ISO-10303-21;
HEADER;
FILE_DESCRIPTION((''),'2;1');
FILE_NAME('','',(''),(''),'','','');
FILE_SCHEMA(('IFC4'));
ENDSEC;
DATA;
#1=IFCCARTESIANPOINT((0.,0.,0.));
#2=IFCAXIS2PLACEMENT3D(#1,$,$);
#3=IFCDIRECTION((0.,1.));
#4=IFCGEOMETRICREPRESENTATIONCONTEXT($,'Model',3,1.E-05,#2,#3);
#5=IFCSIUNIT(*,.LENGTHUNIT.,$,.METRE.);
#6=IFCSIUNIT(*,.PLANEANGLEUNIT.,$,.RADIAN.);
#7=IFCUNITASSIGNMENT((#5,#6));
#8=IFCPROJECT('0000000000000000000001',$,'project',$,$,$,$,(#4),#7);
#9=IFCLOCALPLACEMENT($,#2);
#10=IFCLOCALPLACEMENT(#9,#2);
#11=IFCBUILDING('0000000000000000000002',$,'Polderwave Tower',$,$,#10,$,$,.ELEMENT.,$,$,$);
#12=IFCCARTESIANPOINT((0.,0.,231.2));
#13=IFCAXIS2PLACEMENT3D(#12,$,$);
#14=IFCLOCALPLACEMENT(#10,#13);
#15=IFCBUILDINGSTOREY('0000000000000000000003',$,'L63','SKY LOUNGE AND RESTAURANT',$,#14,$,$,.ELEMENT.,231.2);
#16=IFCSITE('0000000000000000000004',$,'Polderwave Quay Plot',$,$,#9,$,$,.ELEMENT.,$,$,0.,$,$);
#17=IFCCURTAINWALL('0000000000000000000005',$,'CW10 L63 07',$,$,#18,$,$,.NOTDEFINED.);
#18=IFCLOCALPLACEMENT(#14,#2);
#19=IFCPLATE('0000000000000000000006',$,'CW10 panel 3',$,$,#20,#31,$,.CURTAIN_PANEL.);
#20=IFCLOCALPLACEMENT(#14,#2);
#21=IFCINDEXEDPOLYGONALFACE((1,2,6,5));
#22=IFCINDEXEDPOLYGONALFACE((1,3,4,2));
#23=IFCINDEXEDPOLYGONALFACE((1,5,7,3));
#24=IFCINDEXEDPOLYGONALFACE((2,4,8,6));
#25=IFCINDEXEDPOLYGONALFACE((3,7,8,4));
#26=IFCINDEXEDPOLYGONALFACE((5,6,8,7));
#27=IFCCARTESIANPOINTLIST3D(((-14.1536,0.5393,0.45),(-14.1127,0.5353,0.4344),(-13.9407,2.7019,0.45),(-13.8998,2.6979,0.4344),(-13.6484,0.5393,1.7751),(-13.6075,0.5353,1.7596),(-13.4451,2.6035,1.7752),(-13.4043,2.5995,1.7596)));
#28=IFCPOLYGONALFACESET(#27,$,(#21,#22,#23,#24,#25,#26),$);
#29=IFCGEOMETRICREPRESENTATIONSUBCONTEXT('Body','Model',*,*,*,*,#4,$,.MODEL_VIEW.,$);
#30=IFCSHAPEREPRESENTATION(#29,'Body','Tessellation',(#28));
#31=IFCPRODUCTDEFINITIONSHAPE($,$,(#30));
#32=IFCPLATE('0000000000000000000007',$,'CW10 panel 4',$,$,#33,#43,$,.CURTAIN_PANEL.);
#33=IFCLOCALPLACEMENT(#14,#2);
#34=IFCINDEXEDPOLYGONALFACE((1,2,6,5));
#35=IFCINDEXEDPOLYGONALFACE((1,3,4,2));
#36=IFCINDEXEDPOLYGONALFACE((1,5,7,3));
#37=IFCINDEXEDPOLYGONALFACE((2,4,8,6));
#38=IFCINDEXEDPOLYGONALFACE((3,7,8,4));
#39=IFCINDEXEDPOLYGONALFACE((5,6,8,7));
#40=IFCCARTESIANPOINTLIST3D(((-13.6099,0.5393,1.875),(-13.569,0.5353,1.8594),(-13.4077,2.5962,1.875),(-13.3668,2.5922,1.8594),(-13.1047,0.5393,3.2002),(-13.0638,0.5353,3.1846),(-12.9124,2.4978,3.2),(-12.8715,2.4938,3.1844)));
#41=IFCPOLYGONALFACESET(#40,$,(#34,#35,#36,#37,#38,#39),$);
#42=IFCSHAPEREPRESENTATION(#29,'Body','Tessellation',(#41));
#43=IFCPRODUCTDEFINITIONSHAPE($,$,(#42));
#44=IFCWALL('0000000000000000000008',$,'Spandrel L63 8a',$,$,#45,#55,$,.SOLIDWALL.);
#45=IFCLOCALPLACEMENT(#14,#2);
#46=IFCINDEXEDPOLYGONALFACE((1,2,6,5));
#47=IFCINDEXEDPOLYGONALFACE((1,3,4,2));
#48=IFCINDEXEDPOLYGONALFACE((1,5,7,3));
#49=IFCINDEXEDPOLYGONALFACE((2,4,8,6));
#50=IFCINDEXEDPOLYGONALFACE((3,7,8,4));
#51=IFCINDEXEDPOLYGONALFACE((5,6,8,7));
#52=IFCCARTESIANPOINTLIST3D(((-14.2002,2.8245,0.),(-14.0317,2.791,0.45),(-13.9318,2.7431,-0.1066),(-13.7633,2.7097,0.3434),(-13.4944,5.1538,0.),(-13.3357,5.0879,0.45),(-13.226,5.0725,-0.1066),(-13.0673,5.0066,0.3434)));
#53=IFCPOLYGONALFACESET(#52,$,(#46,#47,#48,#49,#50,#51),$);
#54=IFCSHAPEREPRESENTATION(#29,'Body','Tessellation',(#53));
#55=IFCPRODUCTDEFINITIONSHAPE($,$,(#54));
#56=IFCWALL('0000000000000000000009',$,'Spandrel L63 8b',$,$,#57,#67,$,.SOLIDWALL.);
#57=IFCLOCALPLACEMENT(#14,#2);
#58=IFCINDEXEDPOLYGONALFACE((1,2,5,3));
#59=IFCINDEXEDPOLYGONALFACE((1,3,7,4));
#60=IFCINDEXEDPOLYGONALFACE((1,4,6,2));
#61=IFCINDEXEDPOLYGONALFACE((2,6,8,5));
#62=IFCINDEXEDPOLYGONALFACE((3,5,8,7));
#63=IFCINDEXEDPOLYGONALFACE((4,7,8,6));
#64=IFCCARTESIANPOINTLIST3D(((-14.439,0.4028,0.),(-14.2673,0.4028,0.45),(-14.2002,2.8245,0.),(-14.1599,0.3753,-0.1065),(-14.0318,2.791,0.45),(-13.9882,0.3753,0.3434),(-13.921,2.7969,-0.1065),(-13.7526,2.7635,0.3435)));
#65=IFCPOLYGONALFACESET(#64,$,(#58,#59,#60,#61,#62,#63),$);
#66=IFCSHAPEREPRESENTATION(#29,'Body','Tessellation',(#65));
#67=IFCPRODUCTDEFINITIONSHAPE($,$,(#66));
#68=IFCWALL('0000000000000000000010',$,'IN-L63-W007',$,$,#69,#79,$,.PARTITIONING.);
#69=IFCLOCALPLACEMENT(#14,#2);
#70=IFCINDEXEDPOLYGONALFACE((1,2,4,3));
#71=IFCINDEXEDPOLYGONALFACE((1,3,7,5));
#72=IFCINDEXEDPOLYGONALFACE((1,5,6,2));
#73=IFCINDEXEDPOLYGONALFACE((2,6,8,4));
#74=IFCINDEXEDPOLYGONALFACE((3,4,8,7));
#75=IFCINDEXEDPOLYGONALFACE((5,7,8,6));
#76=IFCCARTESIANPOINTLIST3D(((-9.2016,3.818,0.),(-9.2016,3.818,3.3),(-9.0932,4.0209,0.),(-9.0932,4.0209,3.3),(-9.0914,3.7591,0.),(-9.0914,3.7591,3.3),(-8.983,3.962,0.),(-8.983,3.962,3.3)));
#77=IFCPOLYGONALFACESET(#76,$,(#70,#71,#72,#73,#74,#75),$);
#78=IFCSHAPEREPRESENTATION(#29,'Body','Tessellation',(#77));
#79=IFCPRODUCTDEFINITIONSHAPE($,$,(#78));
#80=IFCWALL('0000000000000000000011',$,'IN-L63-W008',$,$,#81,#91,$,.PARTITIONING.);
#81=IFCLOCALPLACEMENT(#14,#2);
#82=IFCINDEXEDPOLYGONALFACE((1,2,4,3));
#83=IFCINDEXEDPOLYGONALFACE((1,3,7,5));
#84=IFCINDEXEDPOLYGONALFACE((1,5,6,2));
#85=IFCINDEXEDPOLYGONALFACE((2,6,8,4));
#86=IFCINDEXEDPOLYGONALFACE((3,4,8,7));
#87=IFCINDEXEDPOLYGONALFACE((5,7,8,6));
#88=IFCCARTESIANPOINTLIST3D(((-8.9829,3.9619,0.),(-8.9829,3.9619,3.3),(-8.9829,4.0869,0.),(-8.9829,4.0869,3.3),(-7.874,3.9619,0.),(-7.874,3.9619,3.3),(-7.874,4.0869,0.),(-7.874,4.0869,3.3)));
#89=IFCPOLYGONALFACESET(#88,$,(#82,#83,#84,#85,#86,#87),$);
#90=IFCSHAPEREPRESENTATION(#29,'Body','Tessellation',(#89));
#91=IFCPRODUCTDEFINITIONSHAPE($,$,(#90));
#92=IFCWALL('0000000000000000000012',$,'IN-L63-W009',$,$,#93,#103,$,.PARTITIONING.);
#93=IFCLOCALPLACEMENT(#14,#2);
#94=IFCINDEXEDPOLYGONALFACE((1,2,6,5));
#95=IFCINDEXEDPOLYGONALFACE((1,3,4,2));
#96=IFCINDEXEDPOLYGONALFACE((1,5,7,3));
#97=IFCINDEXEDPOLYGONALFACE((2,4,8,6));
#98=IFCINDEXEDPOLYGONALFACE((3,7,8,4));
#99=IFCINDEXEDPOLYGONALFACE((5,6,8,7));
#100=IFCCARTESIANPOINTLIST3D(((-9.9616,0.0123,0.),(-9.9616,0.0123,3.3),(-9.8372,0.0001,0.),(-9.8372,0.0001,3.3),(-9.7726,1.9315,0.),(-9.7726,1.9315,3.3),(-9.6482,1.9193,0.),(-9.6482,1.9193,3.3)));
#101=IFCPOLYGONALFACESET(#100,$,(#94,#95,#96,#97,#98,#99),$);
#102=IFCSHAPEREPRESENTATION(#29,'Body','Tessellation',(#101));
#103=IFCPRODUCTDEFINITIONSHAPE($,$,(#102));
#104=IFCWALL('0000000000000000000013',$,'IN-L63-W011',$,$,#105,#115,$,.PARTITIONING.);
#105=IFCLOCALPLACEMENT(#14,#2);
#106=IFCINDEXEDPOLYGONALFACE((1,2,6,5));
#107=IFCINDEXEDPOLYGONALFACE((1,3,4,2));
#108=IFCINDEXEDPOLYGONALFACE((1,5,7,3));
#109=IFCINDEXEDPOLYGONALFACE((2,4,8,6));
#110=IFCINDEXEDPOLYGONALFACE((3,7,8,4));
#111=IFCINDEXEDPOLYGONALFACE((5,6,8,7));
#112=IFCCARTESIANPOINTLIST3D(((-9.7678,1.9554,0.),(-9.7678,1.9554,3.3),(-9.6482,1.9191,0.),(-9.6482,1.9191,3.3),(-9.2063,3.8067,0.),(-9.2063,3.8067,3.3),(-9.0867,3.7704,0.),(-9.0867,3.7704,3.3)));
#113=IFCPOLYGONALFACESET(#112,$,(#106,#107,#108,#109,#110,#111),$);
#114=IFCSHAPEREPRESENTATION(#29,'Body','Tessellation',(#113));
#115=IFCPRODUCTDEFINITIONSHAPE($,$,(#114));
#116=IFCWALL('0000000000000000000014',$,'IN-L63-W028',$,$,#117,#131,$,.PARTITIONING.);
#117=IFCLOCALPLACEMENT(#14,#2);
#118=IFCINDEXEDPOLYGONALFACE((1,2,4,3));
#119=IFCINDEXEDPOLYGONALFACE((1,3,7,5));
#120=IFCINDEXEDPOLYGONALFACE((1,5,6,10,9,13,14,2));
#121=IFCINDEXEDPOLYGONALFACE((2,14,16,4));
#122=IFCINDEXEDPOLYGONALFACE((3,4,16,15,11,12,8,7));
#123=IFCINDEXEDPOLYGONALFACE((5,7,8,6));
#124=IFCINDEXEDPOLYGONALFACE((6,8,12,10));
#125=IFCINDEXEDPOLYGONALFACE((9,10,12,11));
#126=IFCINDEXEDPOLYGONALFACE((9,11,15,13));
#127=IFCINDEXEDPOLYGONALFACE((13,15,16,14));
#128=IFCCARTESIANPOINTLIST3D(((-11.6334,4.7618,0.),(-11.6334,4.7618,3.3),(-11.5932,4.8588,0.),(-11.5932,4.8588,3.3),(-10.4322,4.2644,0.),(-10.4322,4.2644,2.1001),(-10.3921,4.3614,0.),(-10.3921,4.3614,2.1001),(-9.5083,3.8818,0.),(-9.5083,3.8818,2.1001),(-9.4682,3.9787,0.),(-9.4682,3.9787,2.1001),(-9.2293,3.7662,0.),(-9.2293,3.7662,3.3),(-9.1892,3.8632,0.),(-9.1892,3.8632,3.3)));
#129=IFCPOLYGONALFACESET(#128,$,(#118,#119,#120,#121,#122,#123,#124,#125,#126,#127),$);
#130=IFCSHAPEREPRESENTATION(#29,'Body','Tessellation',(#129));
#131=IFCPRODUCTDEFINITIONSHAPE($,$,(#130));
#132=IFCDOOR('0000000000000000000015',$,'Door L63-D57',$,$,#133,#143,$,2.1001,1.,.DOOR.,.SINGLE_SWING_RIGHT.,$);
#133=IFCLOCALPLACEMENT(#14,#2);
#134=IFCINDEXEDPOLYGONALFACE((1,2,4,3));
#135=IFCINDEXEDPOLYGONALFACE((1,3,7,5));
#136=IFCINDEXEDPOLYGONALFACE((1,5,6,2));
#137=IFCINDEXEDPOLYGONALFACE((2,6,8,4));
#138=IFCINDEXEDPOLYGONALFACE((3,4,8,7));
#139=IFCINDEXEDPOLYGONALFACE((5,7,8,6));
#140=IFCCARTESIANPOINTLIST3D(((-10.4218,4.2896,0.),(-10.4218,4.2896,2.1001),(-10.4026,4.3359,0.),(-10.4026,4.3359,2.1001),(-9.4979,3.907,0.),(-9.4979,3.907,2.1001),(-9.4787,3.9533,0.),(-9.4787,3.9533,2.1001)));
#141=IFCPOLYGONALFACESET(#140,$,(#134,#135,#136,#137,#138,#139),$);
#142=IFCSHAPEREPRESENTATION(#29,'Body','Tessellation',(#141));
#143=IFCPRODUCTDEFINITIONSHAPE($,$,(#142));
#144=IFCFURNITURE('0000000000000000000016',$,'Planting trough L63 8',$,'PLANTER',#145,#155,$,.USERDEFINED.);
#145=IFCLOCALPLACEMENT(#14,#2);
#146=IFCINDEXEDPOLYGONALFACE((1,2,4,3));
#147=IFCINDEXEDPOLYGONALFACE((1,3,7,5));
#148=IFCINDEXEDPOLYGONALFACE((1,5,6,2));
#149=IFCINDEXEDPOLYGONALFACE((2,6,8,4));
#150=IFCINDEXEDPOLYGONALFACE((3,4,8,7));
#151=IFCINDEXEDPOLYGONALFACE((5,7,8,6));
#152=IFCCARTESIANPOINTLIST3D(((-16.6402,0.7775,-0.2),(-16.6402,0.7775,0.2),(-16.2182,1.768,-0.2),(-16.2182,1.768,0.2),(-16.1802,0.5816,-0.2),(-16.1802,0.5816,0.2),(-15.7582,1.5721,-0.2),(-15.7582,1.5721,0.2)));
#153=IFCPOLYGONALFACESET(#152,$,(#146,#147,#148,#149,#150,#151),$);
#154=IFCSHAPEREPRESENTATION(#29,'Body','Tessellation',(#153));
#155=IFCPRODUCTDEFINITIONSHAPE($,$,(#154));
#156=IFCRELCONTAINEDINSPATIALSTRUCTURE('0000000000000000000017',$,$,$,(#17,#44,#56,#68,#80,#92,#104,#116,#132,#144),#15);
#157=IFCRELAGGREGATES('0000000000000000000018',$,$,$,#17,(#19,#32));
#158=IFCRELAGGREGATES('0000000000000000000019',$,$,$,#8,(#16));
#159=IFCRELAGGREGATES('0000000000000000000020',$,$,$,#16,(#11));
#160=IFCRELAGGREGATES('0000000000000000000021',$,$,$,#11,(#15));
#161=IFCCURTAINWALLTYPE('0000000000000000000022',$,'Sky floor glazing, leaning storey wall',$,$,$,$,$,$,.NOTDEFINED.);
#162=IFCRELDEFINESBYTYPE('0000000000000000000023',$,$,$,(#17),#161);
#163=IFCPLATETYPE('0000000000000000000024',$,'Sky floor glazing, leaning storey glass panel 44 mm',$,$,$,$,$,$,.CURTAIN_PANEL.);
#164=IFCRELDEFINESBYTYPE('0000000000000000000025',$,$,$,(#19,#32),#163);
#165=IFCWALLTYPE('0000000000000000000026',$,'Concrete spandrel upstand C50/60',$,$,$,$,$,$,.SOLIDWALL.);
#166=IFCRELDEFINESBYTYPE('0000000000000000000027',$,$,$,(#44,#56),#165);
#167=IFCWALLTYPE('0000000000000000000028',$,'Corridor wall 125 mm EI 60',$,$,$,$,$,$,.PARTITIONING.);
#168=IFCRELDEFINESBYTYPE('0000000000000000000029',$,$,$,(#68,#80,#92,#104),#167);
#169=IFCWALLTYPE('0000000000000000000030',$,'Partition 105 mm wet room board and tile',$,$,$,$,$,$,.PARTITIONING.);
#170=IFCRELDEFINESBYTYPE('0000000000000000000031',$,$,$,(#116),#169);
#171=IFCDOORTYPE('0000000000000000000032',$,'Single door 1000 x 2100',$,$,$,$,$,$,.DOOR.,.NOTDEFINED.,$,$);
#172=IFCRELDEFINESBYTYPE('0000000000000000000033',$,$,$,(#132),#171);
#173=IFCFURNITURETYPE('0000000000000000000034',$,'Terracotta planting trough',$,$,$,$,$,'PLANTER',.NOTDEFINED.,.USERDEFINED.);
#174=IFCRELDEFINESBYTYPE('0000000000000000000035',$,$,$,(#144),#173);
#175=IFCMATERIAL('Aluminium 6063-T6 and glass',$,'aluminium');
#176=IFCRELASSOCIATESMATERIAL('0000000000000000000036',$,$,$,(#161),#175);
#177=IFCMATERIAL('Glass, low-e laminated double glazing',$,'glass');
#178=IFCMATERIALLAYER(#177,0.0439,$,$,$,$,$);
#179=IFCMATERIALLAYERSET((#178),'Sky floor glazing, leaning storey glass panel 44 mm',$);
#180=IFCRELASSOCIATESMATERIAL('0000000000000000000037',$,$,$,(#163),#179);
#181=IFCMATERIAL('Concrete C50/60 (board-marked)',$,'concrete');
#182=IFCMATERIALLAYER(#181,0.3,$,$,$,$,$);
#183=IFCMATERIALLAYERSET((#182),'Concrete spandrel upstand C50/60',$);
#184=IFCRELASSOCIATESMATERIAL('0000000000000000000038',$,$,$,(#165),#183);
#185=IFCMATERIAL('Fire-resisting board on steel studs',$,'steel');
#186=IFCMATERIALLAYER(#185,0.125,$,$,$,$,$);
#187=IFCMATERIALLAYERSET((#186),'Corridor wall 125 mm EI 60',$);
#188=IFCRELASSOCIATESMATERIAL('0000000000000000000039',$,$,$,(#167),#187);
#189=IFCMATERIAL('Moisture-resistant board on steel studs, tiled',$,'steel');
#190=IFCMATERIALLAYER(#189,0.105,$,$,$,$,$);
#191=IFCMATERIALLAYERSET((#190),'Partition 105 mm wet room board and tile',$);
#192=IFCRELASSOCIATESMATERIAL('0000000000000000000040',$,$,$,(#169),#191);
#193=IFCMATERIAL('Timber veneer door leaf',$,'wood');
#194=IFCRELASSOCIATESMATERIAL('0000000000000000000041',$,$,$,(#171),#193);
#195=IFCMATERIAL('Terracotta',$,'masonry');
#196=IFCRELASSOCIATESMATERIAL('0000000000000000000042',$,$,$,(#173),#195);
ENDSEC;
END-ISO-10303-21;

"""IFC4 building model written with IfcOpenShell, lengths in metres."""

from ifc_helpers import new_model, si_unit, direction, frame, frame_2d, origin, origin_2d, place, context, subcontext, project, spatial, polyline, rectangle, outline, extrude, material, layer, layer_set, type_object, element, fill, aggregate, save


model = new_model("IFC4")

# Units and contexts
model_context = context("Model", 3, precision=1e-05, world=origin(), true_north=direction((0.0, 1.0)))
body_context = subcontext(model_context, "Body", "Model", "MODEL_VIEW")
ifc_project = project(units=[si_unit("LENGTHUNIT", "METRE"), si_unit("PLANEANGLEUNIT", "RADIAN")], contexts=[model_context])

# Site, building, storey
site_placement = place(None, origin())
site = spatial("IfcSite", under=ifc_project, at=site_placement, Name="Polderwave Quay Plot", CompositionType="ELEMENT", RefElevation=0.0)
building_placement = place(site_placement, origin())
building = spatial("IfcBuilding", under=site, at=building_placement, Name="Polderwave Tower", CompositionType="ELEMENT")
storey_placement = place(building_placement, frame((0.0, 0.0, 231.2)))
storey = spatial("IfcBuildingStorey", under=building, at=storey_placement, Name="L63", Description="SKY LOUNGE AND RESTAURANT", CompositionType="ELEMENT", Elevation=231.2)

# Shared definitions
ifc_material_1 = material(Name="Aluminium 6063-T6 and glass", Category="aluminium")
curtain_wall_type = type_object("IfcCurtainWallType", Name="Sky floor glazing, leaning storey wall", PredefinedType="NOTDEFINED", material=ifc_material_1)

# Curtain wall, plates
curtain_wall_1_placement = place(storey_placement, origin())
curtain_wall_1 = element("IfcCurtainWall", 1, at=curtain_wall_1_placement, inside=storey, type_object=curtain_wall_type, Name="CW10 L63 07", PredefinedType="NOTDEFINED")
ifc_material_2 = material(Name="Glass, low-e laminated double glazing", Category="glass")
ifc_layer_1 = layer(ifc_material_2, 0.0439)
ifc_layer_set_1 = layer_set([ifc_layer_1], Name="Sky floor glazing, leaning storey glass panel 44 mm")
plate_type = type_object("IfcPlateType", Name="Sky floor glazing, leaning storey glass panel 44 mm", PredefinedType="CURTAIN_PANEL", material=ifc_layer_set_1)
plate_1_placement = place(storey_placement, frame((-13.9407, 2.7019, 0.45), z_axis=(-0.930469, 0.091633, 0.354727), x_axis=(-0.098002, -0.995186, 0.000013)))
plate_1 = element("IfcPlate", 2, at=plate_1_placement, type_object=plate_type, Name="CW10 panel 3", PredefinedType="CURTAIN_PANEL", context=body_context, shape_type="SweptSolid", body=[
    extrude(outline(polyline([(0.0, 0.0), (2.1731, 0.0), (2.1236, 1.4173), (0.0494, 1.4174), (0.0, 0.0)])), origin(), (0.0, 0.0, -1.0), 0.0439),
])
plate_2_placement = place(storey_placement, frame((-13.4077, 2.5962, 1.875), z_axis=(-0.930505, 0.091448, 0.354681), x_axis=(-0.097807, -0.995205, 0.0)))
plate_2 = element("IfcPlate", 3, at=plate_2_placement, type_object=plate_type, Name="CW10 panel 4", PredefinedType="CURTAIN_PANEL", context=body_context, shape_type="SweptSolid", body=[
    extrude(outline(polyline([(0.0, 0.0), (2.0668, 0.0), (2.0174, 1.4173), (0.0495, 1.4171), (0.0, 0.0)])), origin(), (0.0, 0.0, -1.0), 0.0439),
])
aggregate(curtain_wall_1, [plate_1, plate_2])

# Walls
ifc_material_3 = material(Name="Concrete C50/60 (board-marked)", Category="concrete")
ifc_layer_2 = layer(ifc_material_3, 0.3)
ifc_layer_set_2 = layer_set([ifc_layer_2], Name="Concrete spandrel upstand C50/60")
wall_type_1 = type_object("IfcWallType", Name="Concrete spandrel upstand C50/60", PredefinedType="SOLIDWALL", material=ifc_layer_set_2)
wall_1_placement = place(storey_placement, frame((-13.4944, 5.1538, 0.0), z_axis=(-0.894631, 0.271095, 0.355166), x_axis=(-0.29, -0.957027, 0.000005)))
element("IfcWall", 4, at=wall_1_placement, inside=storey, type_object=wall_type_1, Name="Spandrel L63 8a", PredefinedType="SOLIDWALL", context=body_context, shape_type="SweptSolid", body=[
    extrude(outline(polyline([(0.0, 0.0), (2.4339, 0.0), (2.4171, 0.4813), (0.0171, 0.4813), (0.0, 0.0)])), origin(), (0.0, 0.0, -1.0), 0.3),
])
wall_2_placement = place(storey_placement, frame((-14.2002, 2.8245, 0.0), z_axis=(-0.930351, 0.091755, 0.355005), x_axis=(-0.098145, -0.995172, 0.000008)))
element("IfcWall", 5, at=wall_2_placement, inside=storey, type_object=wall_type_1, Name="Spandrel L63 8b", PredefinedType="SOLIDWALL", context=body_context, shape_type="SweptSolid", body=[
    extrude(outline(polyline([(0.0, 0.0), (2.4334, 0.0), (2.4165, 0.4813), (0.0168, 0.4813), (0.0, 0.0)])), origin(), (0.0, 0.0, -1.0), 0.3),
])
ifc_material_4 = material(Name="Fire-resisting board on steel studs", Category="steel")
ifc_layer_3 = layer(ifc_material_4, 0.125)
ifc_layer_set_3 = layer_set([ifc_layer_3], Name="Corridor wall 125 mm EI 60")
wall_type_2 = type_object("IfcWallType", Name="Corridor wall 125 mm EI 60", PredefinedType="PARTITIONING", material=ifc_layer_set_3)
wall_3_placement = place(storey_placement, frame((-9.1465, 3.7886, 0.0), z_axis=(0.0, 0.0, 1.0), x_axis=(0.471249, 0.882, 0.0)))
element("IfcWall", 6, at=wall_3_placement, inside=storey, type_object=wall_type_2, Name="IN-L63-W007", PredefinedType="PARTITIONING", context=body_context, shape_type="SweptSolid", body=[
    extrude(rectangle(XDim=0.23, YDim=0.125, at=frame_2d((0.115, 0.0))), origin(), (0.0, 0.0, 1.0), 3.3),
])
wall_4_placement = place(storey_placement, frame((-8.9829, 4.0244, 0.0), z_axis=(0.0, 0.0, 1.0), x_axis=(1.0, 0.0, 0.0)))
element("IfcWall", 7, at=wall_4_placement, inside=storey, type_object=wall_type_2, Name="IN-L63-W008", PredefinedType="PARTITIONING", context=body_context, shape_type="SweptSolid", body=[
    extrude(rectangle(XDim=1.1089, YDim=0.125, at=frame_2d((0.5544, 0.0))), origin(), (0.0, 0.0, 1.0), 3.3),
])
wall_5_placement = place(storey_placement, frame((-9.8994, 0.0061, 0.0), z_axis=(0.0, 0.0, 1.0), x_axis=(0.097987, 0.995188, 0.0)))
element("IfcWall", 8, at=wall_5_placement, inside=storey, type_object=wall_type_2, Name="IN-L63-W009", PredefinedType="PARTITIONING", context=body_context, shape_type="SweptSolid", body=[
    extrude(rectangle(XDim=1.9285, YDim=0.125, at=frame_2d((0.9644, 0.0))), origin(), (0.0, 0.0, 1.0), 3.3),
])
wall_6_placement = place(storey_placement, frame((-9.708, 1.9373, 0.0), z_axis=(0.0, 0.0, 1.0), x_axis=(0.290253, 0.95695, 0.0)))
element("IfcWall", 9, at=wall_6_placement, inside=storey, type_object=wall_type_2, Name="IN-L63-W011", PredefinedType="PARTITIONING", context=body_context, shape_type="SweptSolid", body=[
    extrude(rectangle(XDim=1.9346, YDim=0.125, at=frame_2d((0.9673, 0.0))), origin(), (0.0, 0.0, 1.0), 3.3),
])

# Wall, opening, door
ifc_material_5 = material(Name="Moisture-resistant board on steel studs, tiled", Category="steel")
ifc_layer_4 = layer(ifc_material_5, 0.105)
ifc_layer_set_4 = layer_set([ifc_layer_4], Name="Partition 105 mm wet room board and tile")
wall_type_3 = type_object("IfcWallType", Name="Partition 105 mm wet room board and tile", PredefinedType="PARTITIONING", material=ifc_layer_set_4)
wall_7_placement = place(storey_placement, frame((-11.6133, 4.8103, 0.0), z_axis=(0.0, 0.0, 1.0), x_axis=(0.923905, -0.382622, 0.0)))
wall_7 = element("IfcWall", 10, at=wall_7_placement, inside=storey, type_object=wall_type_3, Name="IN-L63-W028", PredefinedType="PARTITIONING", context=body_context, shape_type="SweptSolid", body=[
    extrude(rectangle(XDim=2.6021, YDim=0.105, at=frame_2d((1.301, 0.0))), origin(), (0.0, 0.0, 1.0), 3.3),
])
opening_placement = place(wall_7_placement, frame((1.3, 0.0, 0.0)))
opening = element("IfcOpeningElement", 11, at=opening_placement, cuts=wall_7, PredefinedType="OPENING", context=body_context, shape_type="SweptSolid", body=[
    extrude(rectangle(XDim=1.0, YDim=2.1001, at=frame_2d((0.5, 1.05))), frame((0.0, 0.0625, 0.0), z_axis=(0.0, -1.0, 0.0), x_axis=(1.0, 0.0, 0.0)), (0.0, 0.0, 1.0), 0.125),
])
ifc_material_6 = material(Name="Timber veneer door leaf", Category="wood")
door_type = type_object("IfcDoorType", Name="Single door 1000 x 2100", OperationType="NOTDEFINED", PredefinedType="DOOR", material=ifc_material_6)
door_placement = place(opening_placement, origin())
door = element("IfcDoor", 12, at=door_placement, inside=storey, type_object=door_type, Name="Door L63-D57", OperationType="SINGLE_SWING_RIGHT", OverallHeight=2.1001, OverallWidth=1.0, PredefinedType="DOOR", context=body_context, shape_type="SweptSolid", body=[
    extrude(rectangle(XDim=1.0, YDim=2.1001, at=frame_2d((0.5, 1.05))), frame((0.0, 0.0249, 0.0), z_axis=(0.0, -1.0, 0.0), x_axis=(1.0, 0.0, 0.0)), (0.0, 0.0, 1.0), 0.05),
])
fill(opening, door)

# Furniture
ifc_material_7 = material(Name="Terracotta", Category="masonry")
furniture_type = type_object("IfcFurnitureType", Name="Terracotta planting trough", ElementType="PLANTER", AssemblyPlace="NOTDEFINED", PredefinedType="USERDEFINED", material=ifc_material_7)
furniture_placement = place(storey_placement, frame((-16.1992, 1.1748, -0.2), z_axis=(0.0, 0.0, 1.0), x_axis=(-0.391907, -0.920005, 0.0)))
element("IfcFurniture", 13, at=furniture_placement, inside=storey, type_object=furniture_type, Name="Planting trough L63 8", ObjectType="PLANTER", PredefinedType="USERDEFINED", context=body_context, shape_type="SweptSolid", body=[
    extrude(rectangle(XDim=1.0767, YDim=0.5, at=origin_2d()), origin(), (0.0, 0.0, 1.0), 0.3999),
])

save(model, "model.ifc")
